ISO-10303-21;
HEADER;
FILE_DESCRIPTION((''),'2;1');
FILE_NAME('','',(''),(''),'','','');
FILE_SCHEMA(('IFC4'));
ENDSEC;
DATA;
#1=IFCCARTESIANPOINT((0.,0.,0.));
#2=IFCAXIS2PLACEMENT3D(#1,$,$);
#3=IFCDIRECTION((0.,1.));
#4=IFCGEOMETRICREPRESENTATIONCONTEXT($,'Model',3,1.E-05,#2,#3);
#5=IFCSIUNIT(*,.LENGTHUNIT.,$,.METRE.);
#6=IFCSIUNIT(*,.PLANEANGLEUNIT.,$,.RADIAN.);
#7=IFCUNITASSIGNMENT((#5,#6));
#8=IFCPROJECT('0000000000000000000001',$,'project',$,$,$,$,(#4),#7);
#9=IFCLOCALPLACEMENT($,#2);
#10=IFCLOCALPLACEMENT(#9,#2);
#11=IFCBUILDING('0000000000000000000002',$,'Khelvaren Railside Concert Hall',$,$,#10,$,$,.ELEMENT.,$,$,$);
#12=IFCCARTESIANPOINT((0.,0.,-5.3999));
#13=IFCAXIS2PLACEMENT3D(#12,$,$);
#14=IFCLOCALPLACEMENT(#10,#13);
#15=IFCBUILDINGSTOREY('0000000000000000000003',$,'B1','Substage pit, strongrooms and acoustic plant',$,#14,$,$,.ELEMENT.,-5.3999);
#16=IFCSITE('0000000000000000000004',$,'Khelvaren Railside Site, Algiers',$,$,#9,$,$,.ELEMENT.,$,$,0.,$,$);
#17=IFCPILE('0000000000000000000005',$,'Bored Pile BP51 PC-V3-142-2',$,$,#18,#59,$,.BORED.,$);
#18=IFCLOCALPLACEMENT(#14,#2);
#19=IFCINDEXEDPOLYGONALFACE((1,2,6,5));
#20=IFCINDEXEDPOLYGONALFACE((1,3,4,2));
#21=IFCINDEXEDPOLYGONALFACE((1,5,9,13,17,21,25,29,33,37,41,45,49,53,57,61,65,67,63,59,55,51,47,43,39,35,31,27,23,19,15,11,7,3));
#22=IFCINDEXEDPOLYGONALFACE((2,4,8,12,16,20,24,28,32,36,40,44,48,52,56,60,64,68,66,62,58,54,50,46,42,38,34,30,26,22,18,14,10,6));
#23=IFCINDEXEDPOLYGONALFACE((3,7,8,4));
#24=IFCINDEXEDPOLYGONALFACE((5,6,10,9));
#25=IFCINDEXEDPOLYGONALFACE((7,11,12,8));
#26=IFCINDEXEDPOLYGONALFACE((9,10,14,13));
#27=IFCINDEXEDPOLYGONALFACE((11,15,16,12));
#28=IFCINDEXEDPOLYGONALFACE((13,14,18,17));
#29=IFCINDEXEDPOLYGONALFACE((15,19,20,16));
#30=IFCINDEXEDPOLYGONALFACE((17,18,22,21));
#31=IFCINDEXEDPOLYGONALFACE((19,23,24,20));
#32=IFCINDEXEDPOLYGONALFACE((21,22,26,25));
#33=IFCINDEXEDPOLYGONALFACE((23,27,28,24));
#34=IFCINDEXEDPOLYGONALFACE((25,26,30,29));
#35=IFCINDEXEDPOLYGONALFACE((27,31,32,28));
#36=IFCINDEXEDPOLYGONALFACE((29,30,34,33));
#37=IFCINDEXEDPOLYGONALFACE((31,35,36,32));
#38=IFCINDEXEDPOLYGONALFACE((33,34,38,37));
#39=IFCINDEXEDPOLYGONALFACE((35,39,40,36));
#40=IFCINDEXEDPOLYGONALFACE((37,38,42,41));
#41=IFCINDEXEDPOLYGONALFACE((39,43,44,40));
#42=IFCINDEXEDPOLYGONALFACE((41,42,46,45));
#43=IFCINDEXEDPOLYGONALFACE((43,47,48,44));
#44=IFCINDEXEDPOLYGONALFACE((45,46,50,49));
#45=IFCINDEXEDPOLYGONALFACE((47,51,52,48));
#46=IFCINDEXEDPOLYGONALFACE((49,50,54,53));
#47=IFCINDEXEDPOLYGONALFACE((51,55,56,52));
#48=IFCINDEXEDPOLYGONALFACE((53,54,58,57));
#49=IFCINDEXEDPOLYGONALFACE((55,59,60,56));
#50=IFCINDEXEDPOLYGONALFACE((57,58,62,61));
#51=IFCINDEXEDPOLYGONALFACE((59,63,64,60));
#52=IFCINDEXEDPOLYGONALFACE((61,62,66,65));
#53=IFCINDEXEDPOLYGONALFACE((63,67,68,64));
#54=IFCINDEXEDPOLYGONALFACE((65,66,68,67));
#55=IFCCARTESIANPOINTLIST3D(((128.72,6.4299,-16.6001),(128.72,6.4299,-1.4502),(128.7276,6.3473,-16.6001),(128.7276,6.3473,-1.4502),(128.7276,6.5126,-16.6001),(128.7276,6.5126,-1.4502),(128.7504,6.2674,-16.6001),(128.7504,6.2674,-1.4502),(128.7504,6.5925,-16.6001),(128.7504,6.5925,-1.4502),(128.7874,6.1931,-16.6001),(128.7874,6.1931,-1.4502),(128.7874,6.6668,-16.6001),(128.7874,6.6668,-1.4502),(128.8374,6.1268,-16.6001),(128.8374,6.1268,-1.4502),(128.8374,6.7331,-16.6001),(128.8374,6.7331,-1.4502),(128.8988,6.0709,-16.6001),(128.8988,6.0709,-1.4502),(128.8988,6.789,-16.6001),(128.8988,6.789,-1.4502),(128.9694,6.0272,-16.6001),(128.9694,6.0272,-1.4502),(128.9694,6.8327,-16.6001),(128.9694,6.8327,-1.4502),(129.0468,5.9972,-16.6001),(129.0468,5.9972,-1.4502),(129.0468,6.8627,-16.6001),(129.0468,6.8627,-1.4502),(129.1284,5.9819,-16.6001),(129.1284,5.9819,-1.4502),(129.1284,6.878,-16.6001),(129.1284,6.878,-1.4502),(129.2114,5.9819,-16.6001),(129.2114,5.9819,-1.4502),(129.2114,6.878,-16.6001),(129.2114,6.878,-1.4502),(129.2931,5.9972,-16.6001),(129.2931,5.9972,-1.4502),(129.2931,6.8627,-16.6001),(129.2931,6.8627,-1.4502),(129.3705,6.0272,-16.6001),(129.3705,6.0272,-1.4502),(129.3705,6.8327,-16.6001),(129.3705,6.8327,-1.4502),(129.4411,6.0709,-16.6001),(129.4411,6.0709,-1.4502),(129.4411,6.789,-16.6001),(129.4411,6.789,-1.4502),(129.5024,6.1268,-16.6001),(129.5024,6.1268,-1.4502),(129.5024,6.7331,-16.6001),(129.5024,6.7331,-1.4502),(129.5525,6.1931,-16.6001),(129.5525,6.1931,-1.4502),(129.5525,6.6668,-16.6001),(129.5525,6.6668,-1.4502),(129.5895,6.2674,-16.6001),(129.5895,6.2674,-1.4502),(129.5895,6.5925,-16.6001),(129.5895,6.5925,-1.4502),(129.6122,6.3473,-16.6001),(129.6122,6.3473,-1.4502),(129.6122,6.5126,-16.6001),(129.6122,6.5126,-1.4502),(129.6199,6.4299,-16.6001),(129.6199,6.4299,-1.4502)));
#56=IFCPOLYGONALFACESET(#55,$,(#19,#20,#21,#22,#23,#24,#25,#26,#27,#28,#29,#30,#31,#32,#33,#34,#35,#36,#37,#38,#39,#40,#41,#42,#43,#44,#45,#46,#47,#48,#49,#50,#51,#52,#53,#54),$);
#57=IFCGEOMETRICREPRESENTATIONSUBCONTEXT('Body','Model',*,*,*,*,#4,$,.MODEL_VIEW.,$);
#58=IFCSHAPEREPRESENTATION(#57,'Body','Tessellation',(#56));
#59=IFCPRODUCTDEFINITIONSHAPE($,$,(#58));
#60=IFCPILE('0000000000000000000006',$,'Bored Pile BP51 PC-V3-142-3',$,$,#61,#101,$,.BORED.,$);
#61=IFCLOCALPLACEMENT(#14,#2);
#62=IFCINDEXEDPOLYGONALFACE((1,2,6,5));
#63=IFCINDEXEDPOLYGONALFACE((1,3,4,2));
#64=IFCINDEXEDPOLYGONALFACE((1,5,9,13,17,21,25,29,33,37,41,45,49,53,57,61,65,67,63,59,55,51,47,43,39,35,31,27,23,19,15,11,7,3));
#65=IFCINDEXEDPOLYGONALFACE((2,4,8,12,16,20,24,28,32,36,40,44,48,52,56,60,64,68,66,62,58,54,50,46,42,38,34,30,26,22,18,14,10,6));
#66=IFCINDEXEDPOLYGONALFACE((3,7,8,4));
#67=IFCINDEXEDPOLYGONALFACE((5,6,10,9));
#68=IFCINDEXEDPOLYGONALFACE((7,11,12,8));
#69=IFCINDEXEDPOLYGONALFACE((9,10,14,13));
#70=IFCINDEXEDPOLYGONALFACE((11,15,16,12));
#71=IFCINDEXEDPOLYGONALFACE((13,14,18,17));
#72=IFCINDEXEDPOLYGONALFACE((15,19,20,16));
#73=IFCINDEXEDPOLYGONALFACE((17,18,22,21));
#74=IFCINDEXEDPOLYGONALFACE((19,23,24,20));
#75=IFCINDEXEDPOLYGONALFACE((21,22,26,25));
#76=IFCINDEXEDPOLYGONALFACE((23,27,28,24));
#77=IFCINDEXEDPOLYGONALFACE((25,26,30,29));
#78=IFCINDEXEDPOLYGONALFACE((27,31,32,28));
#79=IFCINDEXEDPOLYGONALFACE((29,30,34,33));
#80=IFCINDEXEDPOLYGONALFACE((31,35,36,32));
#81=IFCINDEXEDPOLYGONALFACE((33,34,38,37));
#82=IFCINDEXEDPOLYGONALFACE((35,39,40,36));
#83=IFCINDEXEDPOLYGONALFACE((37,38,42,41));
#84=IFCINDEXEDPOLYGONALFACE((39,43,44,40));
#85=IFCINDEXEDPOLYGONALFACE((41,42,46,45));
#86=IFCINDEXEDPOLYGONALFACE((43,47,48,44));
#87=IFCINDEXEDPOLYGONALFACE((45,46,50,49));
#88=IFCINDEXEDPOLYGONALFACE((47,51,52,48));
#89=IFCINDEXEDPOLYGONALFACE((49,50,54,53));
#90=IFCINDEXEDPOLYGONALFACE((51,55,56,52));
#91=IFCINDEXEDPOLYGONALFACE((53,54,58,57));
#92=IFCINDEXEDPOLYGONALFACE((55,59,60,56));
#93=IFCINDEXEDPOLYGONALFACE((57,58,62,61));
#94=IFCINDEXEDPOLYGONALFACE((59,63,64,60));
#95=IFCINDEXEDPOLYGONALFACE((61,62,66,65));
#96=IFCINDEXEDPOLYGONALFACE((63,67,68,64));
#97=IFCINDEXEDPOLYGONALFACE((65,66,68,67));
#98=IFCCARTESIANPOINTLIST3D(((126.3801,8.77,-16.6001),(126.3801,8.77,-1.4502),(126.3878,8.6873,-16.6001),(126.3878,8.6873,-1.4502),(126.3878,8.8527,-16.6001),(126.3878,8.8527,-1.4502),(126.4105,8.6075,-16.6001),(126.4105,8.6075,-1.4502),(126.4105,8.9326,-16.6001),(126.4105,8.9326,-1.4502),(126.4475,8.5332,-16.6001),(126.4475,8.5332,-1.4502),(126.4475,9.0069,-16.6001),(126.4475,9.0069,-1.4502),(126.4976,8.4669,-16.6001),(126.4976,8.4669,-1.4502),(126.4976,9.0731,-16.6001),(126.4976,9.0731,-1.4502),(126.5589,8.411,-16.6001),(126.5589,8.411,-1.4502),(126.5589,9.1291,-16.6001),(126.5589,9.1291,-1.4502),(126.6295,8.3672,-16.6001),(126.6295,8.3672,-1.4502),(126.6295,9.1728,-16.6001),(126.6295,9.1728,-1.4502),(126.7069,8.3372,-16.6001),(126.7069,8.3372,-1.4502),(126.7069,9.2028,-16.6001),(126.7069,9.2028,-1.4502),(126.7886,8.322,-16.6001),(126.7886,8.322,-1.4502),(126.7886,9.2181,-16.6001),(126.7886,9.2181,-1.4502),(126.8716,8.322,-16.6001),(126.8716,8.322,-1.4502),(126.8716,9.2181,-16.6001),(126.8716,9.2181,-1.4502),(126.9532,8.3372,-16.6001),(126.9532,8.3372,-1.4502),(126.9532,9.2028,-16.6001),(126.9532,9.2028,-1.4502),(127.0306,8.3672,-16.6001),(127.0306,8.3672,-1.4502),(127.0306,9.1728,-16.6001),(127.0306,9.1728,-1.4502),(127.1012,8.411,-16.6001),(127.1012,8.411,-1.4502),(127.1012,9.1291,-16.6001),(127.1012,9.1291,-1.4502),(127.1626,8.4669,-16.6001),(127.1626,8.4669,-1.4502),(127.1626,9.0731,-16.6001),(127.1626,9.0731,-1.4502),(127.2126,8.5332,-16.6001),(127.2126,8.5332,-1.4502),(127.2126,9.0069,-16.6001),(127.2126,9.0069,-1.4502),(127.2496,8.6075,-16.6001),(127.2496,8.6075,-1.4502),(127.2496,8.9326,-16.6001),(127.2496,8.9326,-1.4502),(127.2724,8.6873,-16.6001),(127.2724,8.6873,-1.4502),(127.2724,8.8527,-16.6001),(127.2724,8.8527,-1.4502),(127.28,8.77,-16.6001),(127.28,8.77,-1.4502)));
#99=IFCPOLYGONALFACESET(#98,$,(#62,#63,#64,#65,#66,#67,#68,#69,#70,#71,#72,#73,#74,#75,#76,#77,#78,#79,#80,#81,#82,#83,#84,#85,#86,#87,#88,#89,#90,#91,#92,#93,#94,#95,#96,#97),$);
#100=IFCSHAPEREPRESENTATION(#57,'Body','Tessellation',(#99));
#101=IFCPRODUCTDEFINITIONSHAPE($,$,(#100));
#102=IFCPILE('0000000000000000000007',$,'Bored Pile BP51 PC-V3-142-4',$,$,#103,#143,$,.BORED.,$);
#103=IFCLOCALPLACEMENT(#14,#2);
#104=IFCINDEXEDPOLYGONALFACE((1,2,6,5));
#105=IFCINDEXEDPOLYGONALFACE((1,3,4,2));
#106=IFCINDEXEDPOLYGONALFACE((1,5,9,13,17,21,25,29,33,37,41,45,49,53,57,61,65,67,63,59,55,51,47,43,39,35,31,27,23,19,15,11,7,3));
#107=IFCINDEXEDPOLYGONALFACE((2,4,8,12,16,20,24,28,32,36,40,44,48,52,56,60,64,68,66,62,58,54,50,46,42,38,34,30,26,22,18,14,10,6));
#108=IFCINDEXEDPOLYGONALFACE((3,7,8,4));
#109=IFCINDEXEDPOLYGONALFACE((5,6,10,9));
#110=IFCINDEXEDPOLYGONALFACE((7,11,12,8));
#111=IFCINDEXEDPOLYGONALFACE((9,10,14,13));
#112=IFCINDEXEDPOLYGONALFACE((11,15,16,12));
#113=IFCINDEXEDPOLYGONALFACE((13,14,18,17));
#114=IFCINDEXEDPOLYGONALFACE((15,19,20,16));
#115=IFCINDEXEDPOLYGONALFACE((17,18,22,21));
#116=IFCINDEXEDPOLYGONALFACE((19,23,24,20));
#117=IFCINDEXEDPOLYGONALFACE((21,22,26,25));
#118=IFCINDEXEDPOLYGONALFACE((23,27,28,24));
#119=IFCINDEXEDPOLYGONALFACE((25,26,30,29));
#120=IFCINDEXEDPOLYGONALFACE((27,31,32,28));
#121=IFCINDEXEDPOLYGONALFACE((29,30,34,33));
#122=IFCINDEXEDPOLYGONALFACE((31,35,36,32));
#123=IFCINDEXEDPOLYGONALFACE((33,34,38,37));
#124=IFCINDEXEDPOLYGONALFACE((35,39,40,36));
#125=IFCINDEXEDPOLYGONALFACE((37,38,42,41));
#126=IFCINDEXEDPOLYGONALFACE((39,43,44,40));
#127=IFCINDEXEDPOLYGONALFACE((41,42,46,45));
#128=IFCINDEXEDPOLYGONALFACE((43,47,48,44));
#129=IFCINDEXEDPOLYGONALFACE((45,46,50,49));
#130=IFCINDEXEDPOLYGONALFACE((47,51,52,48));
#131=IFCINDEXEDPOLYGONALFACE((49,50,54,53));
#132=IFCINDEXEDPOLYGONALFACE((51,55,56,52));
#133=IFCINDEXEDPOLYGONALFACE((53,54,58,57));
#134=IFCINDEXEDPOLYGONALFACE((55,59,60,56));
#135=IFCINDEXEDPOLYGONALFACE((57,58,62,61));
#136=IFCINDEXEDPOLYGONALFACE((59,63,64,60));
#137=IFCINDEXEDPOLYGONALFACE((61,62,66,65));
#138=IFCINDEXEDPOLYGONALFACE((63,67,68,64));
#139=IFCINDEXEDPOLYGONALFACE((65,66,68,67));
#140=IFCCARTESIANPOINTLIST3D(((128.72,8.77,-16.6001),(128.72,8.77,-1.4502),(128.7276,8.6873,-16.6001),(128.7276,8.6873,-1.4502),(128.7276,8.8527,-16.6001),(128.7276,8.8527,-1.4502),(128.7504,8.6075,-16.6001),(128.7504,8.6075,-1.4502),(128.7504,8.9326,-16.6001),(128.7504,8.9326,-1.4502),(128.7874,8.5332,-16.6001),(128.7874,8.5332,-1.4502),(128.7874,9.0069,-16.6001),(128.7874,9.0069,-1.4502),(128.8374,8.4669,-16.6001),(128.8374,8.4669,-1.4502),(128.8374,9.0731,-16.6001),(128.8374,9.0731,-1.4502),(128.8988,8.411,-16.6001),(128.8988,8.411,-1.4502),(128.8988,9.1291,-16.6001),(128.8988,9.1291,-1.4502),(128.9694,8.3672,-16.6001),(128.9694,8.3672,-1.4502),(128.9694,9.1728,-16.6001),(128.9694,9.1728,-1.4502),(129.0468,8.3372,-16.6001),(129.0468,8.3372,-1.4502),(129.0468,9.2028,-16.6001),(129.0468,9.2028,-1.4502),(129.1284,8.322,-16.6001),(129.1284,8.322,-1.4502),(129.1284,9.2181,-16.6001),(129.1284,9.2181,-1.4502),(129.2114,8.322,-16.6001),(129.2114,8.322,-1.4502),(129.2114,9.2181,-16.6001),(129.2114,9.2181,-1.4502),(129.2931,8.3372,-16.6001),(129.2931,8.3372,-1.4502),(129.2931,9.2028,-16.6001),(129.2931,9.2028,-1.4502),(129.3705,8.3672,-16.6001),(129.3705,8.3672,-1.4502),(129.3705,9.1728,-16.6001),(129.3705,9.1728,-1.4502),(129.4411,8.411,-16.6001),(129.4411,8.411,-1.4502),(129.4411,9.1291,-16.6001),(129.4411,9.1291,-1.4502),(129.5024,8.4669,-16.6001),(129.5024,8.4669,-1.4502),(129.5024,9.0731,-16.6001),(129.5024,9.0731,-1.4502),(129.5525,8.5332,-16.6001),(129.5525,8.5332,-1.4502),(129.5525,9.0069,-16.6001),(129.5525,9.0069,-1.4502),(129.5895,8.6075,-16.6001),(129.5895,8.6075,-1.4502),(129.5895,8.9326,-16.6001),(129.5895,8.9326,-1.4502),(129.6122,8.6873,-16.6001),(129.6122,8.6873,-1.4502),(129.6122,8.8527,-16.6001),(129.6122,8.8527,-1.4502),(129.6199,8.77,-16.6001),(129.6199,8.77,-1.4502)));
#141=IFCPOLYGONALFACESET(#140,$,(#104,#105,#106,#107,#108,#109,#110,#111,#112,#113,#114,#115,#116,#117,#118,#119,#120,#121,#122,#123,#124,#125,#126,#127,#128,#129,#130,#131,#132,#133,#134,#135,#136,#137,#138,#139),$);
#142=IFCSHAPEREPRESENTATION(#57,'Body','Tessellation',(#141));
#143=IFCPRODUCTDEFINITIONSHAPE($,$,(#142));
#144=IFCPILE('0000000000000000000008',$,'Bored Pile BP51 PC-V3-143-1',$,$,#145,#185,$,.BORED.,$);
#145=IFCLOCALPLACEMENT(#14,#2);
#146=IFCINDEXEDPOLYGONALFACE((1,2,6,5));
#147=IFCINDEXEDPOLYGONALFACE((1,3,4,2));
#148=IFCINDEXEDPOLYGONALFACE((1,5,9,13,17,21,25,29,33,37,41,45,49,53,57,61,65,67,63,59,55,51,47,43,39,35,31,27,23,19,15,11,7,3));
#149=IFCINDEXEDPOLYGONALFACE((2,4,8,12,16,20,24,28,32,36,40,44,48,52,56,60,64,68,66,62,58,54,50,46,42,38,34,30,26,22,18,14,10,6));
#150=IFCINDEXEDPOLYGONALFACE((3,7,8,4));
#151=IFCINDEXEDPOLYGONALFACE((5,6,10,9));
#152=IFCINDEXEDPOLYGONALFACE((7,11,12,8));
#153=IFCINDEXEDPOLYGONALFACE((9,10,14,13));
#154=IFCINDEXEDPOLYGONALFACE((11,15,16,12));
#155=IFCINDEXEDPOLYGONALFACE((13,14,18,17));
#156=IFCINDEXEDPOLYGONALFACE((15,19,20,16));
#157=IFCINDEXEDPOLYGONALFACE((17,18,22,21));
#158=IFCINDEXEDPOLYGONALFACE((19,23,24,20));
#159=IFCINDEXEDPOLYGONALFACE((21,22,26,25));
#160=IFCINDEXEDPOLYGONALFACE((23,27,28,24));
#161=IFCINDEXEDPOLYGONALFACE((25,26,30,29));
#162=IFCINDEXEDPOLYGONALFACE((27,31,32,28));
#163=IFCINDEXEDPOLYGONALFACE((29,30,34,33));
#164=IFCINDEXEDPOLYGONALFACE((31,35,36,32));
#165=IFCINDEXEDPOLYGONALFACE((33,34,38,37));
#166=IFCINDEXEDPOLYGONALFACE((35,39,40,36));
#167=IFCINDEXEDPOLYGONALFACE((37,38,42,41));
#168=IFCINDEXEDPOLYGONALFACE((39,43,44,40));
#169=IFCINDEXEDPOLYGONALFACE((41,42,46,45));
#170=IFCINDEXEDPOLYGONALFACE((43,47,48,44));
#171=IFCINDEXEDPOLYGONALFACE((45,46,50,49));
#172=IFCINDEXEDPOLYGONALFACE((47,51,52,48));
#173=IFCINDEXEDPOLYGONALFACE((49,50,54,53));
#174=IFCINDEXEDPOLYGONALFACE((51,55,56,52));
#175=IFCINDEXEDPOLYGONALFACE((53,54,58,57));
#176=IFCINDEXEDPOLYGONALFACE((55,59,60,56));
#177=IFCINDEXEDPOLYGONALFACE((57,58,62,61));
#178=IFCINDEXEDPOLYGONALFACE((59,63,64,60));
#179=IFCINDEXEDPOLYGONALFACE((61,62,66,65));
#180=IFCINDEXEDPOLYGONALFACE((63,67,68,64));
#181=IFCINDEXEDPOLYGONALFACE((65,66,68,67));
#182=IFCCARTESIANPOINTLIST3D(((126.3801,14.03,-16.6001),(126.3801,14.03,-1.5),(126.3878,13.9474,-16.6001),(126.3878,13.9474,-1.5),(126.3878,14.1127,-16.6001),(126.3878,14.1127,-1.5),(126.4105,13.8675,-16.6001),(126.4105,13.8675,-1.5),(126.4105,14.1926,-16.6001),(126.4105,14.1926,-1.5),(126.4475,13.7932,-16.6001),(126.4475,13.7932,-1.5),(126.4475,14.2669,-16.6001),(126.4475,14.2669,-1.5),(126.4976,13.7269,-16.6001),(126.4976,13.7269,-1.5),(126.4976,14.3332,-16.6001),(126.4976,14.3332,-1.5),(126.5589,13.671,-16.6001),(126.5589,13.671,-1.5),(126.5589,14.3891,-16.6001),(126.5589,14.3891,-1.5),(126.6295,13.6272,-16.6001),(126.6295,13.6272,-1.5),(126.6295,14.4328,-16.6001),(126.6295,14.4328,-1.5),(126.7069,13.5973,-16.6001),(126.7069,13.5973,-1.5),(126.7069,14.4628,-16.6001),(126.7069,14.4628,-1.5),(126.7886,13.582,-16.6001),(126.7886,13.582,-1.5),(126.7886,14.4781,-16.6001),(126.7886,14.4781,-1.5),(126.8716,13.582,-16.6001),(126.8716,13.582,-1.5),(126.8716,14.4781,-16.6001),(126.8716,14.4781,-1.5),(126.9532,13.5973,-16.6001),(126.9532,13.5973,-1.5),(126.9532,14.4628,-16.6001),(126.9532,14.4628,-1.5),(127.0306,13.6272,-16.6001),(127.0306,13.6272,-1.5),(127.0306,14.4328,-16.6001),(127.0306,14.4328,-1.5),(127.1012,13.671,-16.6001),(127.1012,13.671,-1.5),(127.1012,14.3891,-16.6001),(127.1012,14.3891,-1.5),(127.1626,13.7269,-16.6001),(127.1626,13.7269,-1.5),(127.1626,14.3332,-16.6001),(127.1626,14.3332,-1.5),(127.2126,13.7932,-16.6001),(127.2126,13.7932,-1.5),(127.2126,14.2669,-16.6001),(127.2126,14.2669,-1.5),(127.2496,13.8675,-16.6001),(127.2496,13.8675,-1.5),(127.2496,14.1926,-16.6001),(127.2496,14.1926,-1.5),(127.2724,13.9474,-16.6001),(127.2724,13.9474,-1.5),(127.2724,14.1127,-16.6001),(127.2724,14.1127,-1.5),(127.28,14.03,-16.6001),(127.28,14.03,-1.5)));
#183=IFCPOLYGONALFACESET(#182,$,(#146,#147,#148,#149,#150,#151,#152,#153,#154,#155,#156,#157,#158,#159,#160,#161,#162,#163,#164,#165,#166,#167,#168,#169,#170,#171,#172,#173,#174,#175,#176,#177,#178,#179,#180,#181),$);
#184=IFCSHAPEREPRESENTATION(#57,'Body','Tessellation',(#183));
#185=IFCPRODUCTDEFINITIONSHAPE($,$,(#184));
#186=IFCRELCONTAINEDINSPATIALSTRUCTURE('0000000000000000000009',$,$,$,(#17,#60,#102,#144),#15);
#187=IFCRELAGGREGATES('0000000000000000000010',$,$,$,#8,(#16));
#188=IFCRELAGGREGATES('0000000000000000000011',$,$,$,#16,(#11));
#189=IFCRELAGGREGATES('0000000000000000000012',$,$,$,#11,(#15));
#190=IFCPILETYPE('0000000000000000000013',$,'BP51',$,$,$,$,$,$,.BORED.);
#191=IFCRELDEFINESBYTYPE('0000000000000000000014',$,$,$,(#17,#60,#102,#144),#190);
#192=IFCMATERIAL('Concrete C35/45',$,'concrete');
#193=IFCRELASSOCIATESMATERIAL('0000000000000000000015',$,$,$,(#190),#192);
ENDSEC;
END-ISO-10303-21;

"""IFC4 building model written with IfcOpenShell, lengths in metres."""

from ifc_helpers import new_model, si_unit, direction, frame, origin, origin_2d, place, context, subcontext, project, spatial, circle, extrude, material, material_profile, profile_set, type_object, element, save


model = new_model("IFC4")

# Units and contexts
model_context = context("Model", 3, precision=1e-05, world=origin(), true_north=direction((0.0, 1.0)))
body_context = subcontext(model_context, "Body", "Model", "MODEL_VIEW")
ifc_project = project(units=[si_unit("LENGTHUNIT", "METRE"), si_unit("PLANEANGLEUNIT", "RADIAN")], contexts=[model_context])

# Site, building, storey
site_placement = place(None, origin())
site = spatial("IfcSite", under=ifc_project, at=site_placement, Name="Khelvaren Railside Site, Algiers", CompositionType="ELEMENT", RefElevation=0.0)
building_placement = place(site_placement, origin())
building = spatial("IfcBuilding", under=site, at=building_placement, Name="Khelvaren Railside Concert Hall", CompositionType="ELEMENT")
storey_placement = place(building_placement, frame((0.0, 0.0, -5.3999)))
storey = spatial("IfcBuildingStorey", under=building, at=storey_placement, Name="B1", Description="Substage pit, strongrooms and acoustic plant", CompositionType="ELEMENT", Elevation=-5.3999)

# Piles
ifc_material_1 = material(Name="Concrete C35/45", Category="concrete")
ifc_material_profile_1 = material_profile(ifc_material_1, circle(Radius=0.45, at=origin_2d()), Name="BP D900")
ifc_profile_set_1 = profile_set([ifc_material_profile_1], Name="Concrete C35/45")
pile_type_1 = type_object("IfcPileType", Name="BP51", PredefinedType="BORED", material=ifc_profile_set_1)
for number, where, z_axis, x_axis, name in (
    (1, (129.1699, 6.4299, -1.4502), (0.0, 0.0, -1.0), (1.0, 0.0, 0.0), "Bored Pile BP51 PC-V3-142-2"),
    (2, (126.8301, 8.77, -1.4502), (0.0, 0.0, -1.0), (1.0, 0.0, 0.0), "Bored Pile BP51 PC-V3-142-3"),
    (3, (129.1699, 8.77, -1.4502), (0.0, 0.0, -1.0), (1.0, 0.0, 0.0), "Bored Pile BP51 PC-V3-142-4"),
):
    element("IfcPile", number, at=place(storey_placement, frame(where, z_axis=z_axis, x_axis=x_axis)), inside=storey, type_object=pile_type_1, Name=name, PredefinedType="BORED", context=body_context, shape_type="SweptSolid", body=[
        extrude(circle(Radius=0.45, at=origin_2d()), origin(), (0.0, 0.0, 1.0), 15.1499),
    ])
for number, where, z_axis, x_axis, name in (
    (4, (126.8301, 14.03, -1.5), (0.0, 0.0, -1.0), (1.0, 0.0, 0.0), "Bored Pile BP51 PC-V3-143-1"),
):
    element("IfcPile", number, at=place(storey_placement, frame(where, z_axis=z_axis, x_axis=x_axis)), inside=storey, type_object=pile_type_1, Name=name, PredefinedType="BORED", context=body_context, shape_type="SweptSolid", body=[
        extrude(circle(Radius=0.45, at=origin_2d()), origin(), (0.0, 0.0, 1.0), 15.1001),
    ])

save(model, "model.ifc")
